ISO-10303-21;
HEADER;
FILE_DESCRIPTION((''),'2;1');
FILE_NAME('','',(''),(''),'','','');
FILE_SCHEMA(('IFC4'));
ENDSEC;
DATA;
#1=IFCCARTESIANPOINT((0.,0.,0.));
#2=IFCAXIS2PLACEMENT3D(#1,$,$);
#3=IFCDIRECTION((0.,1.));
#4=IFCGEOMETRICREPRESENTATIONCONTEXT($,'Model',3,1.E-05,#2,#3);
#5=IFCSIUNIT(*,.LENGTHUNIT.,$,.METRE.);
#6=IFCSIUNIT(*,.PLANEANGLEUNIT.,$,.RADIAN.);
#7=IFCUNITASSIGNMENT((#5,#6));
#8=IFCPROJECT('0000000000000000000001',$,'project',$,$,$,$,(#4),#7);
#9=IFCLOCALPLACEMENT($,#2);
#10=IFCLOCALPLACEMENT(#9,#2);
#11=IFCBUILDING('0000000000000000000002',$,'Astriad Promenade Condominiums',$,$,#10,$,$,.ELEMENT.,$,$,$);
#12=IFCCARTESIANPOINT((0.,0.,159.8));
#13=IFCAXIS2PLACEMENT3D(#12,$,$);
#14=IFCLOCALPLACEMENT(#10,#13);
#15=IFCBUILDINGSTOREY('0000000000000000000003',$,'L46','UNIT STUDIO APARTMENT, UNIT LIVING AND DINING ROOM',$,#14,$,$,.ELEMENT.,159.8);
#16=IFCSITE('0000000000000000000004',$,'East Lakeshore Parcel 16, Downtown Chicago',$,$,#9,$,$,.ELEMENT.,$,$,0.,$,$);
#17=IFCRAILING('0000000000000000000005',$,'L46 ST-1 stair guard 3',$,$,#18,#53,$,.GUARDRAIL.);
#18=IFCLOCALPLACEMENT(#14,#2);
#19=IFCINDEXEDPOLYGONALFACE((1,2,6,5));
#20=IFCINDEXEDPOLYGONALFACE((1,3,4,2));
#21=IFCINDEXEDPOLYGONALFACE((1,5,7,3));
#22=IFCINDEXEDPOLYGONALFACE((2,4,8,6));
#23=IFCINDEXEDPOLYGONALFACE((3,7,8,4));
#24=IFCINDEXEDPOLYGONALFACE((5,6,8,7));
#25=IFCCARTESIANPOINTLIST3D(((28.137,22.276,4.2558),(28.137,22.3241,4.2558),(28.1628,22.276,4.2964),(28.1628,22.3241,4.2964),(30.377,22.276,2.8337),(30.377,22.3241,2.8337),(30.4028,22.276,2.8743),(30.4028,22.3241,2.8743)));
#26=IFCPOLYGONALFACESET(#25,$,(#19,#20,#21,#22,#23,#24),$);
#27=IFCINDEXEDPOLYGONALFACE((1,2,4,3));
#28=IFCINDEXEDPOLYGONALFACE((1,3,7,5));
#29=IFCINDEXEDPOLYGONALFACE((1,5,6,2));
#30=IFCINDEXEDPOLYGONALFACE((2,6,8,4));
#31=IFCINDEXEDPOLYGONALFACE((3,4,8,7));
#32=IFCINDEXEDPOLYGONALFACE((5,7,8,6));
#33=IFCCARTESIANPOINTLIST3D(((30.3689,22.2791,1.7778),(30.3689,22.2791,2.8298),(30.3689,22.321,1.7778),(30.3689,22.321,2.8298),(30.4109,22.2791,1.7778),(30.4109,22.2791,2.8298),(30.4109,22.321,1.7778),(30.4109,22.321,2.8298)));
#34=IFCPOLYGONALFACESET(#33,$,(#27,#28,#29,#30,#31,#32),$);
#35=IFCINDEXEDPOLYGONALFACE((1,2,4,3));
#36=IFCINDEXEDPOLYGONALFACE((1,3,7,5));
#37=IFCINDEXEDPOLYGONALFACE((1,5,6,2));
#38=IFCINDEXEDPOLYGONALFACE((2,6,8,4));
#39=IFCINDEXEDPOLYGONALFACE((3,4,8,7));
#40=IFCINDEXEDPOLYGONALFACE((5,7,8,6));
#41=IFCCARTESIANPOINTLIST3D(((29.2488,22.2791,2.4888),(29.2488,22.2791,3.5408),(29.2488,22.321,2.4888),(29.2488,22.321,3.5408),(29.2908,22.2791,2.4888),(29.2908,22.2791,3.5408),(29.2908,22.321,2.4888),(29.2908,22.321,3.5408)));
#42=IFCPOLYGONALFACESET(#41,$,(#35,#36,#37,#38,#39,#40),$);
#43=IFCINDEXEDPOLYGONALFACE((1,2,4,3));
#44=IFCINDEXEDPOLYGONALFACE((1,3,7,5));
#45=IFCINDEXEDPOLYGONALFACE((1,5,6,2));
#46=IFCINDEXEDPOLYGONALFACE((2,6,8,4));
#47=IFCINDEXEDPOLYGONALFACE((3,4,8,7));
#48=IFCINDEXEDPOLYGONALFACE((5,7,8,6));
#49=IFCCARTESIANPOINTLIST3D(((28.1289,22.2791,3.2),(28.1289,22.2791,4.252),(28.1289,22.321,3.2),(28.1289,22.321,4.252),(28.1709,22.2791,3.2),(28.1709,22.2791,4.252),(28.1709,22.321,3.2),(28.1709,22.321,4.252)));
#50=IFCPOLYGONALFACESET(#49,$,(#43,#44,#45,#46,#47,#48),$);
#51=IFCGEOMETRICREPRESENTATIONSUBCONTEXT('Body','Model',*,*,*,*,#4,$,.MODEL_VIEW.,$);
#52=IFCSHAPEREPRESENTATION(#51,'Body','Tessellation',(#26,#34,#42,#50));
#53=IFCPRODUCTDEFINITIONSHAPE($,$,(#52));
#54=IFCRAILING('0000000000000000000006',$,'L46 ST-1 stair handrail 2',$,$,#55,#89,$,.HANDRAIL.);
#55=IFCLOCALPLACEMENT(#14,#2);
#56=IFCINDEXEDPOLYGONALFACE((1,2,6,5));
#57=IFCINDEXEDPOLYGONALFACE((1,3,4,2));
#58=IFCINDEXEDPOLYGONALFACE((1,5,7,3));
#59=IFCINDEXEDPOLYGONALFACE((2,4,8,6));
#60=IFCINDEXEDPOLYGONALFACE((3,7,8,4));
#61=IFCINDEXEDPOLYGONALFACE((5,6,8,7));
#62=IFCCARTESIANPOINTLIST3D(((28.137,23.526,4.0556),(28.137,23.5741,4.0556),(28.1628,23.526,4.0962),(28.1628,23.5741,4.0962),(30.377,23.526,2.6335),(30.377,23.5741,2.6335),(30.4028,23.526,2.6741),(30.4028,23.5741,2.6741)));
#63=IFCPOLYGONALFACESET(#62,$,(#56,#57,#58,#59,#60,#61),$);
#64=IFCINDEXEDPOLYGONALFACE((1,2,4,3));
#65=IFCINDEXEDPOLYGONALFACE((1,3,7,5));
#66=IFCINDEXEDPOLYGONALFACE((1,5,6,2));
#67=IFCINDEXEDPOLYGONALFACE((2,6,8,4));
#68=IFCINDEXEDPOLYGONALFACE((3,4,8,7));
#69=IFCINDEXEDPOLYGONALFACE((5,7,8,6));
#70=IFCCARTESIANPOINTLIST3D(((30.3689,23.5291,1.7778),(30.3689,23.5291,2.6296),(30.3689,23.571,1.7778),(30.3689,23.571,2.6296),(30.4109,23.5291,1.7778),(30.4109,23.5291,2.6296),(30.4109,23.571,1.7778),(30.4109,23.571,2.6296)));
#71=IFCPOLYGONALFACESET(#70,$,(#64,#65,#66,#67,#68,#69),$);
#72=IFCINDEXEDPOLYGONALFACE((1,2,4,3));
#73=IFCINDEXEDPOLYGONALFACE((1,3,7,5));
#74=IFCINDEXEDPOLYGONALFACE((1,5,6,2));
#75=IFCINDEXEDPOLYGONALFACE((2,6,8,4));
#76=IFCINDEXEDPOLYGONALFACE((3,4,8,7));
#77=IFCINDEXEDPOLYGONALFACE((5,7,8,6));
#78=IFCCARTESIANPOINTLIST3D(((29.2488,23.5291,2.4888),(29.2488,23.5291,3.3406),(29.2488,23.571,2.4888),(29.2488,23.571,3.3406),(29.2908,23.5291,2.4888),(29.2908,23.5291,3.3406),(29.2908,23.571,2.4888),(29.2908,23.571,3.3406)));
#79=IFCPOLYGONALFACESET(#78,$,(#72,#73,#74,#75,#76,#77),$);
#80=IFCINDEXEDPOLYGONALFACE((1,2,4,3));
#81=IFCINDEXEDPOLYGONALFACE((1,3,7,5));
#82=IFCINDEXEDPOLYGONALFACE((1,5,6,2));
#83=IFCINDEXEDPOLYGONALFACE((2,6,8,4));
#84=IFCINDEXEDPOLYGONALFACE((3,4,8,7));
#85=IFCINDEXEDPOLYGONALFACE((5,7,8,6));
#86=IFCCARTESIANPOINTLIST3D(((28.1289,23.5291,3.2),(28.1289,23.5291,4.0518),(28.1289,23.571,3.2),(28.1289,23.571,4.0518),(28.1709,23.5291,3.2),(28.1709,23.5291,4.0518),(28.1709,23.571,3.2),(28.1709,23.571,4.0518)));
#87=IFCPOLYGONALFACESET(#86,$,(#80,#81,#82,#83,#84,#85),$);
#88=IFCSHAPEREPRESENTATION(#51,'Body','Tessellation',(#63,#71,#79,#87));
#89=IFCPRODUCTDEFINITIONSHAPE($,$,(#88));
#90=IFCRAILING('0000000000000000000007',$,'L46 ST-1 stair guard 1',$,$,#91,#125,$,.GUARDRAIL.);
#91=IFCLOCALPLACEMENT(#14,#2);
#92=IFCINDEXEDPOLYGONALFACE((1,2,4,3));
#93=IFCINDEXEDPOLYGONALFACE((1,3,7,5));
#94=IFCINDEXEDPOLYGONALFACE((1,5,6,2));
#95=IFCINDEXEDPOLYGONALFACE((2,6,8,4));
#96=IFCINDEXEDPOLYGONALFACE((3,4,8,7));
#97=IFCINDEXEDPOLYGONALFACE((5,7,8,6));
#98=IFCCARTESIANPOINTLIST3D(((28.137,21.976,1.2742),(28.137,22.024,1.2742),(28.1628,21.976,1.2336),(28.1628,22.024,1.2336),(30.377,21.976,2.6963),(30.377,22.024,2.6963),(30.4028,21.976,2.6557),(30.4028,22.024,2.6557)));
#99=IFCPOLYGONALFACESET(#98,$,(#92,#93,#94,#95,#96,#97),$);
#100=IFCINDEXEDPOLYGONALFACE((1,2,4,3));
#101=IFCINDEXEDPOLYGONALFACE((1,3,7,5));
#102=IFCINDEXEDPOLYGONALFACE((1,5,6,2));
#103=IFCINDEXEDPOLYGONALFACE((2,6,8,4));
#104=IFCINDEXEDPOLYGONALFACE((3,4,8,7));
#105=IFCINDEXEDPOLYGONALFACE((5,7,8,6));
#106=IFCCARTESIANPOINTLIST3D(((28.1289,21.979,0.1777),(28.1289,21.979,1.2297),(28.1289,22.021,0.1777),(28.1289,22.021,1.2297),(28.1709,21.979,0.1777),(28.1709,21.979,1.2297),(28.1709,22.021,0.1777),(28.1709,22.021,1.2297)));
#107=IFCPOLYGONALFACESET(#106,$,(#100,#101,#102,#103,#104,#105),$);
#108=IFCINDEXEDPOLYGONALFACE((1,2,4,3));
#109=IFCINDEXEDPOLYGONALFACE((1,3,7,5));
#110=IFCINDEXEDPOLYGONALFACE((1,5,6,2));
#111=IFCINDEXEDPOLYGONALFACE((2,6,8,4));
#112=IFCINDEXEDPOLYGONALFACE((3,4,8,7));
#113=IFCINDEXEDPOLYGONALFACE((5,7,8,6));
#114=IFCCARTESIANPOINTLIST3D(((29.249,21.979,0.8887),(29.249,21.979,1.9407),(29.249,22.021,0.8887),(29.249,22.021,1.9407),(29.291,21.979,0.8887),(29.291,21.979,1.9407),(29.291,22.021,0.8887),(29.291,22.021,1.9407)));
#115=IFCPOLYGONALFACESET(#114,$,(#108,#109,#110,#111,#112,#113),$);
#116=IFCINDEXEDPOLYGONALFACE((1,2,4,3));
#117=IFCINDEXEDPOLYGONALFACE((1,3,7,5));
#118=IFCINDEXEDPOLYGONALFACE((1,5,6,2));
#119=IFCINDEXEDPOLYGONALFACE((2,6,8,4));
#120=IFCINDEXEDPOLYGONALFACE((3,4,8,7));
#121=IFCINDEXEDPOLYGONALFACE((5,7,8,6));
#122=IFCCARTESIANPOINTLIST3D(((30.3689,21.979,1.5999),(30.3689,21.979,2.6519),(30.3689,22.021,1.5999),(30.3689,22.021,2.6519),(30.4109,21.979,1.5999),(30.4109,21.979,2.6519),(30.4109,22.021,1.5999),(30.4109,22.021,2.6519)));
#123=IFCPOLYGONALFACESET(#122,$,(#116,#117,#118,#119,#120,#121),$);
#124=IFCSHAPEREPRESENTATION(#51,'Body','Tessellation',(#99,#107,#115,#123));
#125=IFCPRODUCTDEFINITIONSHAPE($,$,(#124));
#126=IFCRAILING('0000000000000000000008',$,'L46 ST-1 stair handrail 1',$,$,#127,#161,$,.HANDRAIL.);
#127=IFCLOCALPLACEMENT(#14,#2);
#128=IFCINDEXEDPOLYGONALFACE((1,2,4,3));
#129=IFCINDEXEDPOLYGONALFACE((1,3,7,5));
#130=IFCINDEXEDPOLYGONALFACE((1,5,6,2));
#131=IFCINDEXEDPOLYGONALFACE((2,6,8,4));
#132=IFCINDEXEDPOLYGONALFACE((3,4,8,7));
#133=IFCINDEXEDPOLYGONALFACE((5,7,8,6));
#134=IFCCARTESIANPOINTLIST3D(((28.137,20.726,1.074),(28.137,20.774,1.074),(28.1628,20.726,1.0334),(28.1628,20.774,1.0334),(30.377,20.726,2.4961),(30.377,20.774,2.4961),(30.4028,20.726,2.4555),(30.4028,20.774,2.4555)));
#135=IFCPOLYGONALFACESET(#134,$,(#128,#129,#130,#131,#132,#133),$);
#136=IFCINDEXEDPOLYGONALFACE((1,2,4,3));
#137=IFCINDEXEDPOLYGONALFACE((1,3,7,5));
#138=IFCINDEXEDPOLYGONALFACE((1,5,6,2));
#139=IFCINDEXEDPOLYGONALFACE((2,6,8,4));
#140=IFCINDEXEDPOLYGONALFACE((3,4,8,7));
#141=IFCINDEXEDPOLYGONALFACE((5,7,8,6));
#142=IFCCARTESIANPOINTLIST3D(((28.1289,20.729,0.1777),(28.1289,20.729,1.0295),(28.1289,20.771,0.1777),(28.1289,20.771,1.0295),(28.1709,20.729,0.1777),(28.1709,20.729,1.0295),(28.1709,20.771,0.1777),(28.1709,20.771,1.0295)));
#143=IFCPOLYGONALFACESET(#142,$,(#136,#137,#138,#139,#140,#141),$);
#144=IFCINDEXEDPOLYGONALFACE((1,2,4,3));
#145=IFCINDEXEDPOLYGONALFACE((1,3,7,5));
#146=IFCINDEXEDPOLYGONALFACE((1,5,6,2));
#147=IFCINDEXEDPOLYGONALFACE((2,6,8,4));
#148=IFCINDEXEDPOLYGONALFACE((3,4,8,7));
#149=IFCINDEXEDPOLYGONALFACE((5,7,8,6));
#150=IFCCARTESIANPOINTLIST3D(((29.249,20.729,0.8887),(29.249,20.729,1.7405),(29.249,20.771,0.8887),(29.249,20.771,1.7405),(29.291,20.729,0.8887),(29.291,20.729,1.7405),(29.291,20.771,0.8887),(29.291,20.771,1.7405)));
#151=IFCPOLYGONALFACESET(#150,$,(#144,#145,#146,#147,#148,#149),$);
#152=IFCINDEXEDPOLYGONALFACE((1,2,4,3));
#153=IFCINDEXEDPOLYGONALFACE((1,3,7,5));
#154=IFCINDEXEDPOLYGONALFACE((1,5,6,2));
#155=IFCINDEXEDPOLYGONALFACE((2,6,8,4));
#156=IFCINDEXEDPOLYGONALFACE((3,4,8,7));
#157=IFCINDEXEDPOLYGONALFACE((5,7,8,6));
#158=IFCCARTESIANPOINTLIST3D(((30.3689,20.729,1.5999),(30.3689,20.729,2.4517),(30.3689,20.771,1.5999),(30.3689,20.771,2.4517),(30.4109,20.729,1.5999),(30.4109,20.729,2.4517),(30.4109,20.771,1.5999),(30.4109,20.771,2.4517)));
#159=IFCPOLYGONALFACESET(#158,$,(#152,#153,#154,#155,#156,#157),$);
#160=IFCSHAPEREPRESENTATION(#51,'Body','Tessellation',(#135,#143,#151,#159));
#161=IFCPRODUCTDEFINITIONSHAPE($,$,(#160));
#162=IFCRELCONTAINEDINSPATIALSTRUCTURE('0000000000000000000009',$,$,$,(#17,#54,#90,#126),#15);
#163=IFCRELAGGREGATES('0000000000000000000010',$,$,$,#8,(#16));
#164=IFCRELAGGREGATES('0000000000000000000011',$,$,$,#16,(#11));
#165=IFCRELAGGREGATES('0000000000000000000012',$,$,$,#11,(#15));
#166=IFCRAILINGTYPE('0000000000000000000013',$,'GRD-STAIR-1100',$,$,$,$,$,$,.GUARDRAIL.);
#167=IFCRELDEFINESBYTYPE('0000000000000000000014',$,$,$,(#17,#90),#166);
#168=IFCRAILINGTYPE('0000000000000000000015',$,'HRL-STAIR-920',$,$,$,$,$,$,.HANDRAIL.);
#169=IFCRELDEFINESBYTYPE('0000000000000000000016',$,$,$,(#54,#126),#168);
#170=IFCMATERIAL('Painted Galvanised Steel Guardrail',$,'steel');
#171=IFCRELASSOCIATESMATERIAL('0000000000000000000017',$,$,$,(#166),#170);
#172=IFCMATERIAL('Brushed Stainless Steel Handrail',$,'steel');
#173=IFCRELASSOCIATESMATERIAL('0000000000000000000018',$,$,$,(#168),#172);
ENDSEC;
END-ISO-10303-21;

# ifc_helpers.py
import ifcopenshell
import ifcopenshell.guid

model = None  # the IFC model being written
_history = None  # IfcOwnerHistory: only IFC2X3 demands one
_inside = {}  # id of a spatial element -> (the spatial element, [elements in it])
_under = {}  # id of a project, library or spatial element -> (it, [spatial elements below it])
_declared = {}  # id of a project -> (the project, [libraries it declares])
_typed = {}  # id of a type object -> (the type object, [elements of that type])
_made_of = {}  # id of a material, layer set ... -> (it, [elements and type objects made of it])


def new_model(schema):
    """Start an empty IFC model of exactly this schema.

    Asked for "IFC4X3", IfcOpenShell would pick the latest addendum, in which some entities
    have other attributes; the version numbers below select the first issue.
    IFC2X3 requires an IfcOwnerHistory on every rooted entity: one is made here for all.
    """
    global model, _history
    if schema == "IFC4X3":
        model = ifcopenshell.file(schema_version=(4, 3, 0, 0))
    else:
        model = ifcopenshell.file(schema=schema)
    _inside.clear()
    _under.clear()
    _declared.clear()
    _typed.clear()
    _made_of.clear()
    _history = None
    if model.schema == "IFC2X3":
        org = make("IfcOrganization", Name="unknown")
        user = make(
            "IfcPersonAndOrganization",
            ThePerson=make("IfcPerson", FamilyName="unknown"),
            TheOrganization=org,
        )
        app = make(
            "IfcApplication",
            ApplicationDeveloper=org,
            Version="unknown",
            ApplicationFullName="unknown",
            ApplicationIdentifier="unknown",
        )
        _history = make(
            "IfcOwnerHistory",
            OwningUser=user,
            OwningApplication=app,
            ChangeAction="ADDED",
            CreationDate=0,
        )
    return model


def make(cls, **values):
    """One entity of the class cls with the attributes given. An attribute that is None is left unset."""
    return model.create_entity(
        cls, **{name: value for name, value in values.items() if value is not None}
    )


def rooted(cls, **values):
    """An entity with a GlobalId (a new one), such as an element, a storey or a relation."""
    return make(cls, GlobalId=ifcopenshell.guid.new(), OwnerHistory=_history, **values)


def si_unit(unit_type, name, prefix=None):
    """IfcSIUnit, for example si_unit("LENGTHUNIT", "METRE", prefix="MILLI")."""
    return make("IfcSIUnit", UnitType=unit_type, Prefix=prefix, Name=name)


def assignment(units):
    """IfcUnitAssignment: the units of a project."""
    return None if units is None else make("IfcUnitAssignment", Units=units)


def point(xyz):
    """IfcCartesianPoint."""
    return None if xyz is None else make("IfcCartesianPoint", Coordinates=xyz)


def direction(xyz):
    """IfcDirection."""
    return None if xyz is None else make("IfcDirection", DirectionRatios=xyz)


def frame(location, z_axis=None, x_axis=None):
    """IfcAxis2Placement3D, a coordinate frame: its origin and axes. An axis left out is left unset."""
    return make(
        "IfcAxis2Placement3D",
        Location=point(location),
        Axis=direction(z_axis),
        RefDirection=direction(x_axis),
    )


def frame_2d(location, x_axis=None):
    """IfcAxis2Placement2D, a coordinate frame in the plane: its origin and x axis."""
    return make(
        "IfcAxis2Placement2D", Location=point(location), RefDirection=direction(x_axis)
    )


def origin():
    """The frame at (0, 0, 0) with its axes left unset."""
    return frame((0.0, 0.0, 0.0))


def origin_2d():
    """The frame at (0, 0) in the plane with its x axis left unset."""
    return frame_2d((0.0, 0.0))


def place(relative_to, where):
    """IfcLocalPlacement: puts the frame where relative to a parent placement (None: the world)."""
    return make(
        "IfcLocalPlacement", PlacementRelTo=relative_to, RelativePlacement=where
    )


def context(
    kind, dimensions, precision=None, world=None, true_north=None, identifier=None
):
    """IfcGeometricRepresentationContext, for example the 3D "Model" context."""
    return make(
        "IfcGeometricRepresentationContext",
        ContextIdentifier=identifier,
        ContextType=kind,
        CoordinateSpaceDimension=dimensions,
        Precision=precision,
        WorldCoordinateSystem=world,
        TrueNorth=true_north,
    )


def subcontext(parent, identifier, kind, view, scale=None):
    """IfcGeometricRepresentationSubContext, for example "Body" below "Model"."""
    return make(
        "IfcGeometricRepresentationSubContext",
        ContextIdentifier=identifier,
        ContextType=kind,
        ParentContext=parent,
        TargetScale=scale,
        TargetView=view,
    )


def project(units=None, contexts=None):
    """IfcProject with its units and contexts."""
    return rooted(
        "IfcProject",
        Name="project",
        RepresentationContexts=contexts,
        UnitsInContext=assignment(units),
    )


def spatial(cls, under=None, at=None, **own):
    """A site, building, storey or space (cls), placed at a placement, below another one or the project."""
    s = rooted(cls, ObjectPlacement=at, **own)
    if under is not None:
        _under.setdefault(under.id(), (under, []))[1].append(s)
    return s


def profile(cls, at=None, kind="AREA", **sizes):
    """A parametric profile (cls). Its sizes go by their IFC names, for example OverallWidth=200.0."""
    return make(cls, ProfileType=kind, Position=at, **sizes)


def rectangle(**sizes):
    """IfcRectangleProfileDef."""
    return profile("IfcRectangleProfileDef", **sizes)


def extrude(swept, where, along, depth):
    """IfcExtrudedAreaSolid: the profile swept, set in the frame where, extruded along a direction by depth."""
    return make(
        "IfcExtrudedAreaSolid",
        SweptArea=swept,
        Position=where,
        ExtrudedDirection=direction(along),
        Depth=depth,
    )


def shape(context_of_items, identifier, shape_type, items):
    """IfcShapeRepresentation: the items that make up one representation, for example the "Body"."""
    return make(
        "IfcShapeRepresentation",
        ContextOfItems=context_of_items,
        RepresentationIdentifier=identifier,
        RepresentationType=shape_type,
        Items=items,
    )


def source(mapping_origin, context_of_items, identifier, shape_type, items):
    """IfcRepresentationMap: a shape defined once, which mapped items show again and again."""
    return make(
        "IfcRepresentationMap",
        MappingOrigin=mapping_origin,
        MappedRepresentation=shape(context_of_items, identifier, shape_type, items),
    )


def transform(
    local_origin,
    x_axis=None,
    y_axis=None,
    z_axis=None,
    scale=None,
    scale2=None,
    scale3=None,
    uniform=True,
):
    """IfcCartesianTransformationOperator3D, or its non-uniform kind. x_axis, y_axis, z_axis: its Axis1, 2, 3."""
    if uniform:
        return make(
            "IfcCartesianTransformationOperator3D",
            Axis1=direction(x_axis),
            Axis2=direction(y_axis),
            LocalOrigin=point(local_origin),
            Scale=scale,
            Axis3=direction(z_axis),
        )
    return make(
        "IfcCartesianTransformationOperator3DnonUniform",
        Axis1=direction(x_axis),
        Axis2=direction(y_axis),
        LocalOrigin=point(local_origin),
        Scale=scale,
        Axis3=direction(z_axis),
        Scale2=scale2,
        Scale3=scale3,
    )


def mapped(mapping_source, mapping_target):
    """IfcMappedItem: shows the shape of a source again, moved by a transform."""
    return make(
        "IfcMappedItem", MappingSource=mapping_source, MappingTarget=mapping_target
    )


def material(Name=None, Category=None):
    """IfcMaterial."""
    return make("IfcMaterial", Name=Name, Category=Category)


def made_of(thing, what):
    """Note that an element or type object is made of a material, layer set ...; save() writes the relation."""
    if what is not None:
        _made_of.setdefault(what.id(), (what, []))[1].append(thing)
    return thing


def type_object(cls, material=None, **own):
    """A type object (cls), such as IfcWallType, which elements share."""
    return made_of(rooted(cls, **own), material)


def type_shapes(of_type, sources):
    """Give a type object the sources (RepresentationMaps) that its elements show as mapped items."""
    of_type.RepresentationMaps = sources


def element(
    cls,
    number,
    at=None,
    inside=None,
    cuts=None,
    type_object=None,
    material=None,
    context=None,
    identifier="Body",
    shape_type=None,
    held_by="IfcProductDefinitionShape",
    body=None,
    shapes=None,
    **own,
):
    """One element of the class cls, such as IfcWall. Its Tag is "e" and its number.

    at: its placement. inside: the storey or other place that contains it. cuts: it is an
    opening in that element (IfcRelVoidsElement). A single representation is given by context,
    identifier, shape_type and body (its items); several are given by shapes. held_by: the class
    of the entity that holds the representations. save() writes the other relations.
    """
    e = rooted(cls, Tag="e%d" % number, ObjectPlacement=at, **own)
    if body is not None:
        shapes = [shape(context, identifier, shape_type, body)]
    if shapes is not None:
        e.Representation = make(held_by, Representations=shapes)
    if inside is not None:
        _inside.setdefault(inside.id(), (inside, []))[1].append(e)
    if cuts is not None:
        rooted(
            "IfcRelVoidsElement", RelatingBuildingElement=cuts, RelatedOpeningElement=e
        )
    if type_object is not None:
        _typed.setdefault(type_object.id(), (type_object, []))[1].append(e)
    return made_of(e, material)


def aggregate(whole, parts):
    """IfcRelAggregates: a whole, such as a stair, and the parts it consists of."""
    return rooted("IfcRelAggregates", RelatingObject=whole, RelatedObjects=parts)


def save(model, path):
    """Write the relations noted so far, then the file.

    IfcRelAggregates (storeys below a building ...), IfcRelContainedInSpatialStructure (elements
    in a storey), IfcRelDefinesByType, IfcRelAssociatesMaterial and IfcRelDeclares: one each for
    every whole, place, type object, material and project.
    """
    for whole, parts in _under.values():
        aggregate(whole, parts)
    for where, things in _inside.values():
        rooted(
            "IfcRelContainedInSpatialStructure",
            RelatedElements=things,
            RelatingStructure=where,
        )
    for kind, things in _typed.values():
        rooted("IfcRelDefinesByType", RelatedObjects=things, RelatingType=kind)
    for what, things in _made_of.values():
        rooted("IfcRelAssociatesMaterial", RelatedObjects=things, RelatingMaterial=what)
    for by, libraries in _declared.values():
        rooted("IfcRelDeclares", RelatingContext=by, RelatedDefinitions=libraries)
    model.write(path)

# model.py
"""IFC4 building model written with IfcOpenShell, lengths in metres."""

from ifc_helpers import new_model, si_unit, direction, frame, origin, origin_2d, place, context, subcontext, project, spatial, rectangle, extrude, source, transform, mapped, material, type_object, type_shapes, element, save


model = new_model("IFC4")

# Units and contexts
model_context = context("Model", 3, precision=1e-05, world=origin(), true_north=direction((0.0, 1.0)))
body_context = subcontext(model_context, "Body", "Model", "MODEL_VIEW")
ifc_project = project(units=[si_unit("LENGTHUNIT", "METRE"), si_unit("PLANEANGLEUNIT", "RADIAN")], contexts=[model_context])

# Site, building, storey
site_placement = place(None, origin())
site = spatial("IfcSite", under=ifc_project, at=site_placement, Name="East Lakeshore Parcel 16, Downtown Chicago", CompositionType="ELEMENT", RefElevation=0.0)
building_placement = place(site_placement, origin())
building = spatial("IfcBuilding", under=site, at=building_placement, Name="Astriad Promenade Condominiums", CompositionType="ELEMENT")
storey_placement = place(building_placement, frame((0.0, 0.0, 159.8)))
storey = spatial("IfcBuildingStorey", under=building, at=storey_placement, Name="L46", Description="UNIT STUDIO APARTMENT, UNIT LIVING AND DINING ROOM", CompositionType="ELEMENT", Elevation=159.8)

# Railings
ifc_material_1 = material(Name="Painted Galvanised Steel Guardrail", Category="steel")
railing_type_1 = type_object("IfcRailingType", Name="GRD-STAIR-1100", PredefinedType="GUARDRAIL", material=ifc_material_1)
shared_shape_1 = source(origin(), body_context, "Body", "SweptSolid", [
    extrude(rectangle(XDim=0.0481, YDim=0.0481, at=origin_2d()), frame((0.0, 0.0, 1.0762), z_axis=(-0.844229, 0.0, 0.535982), x_axis=(0.0, -1.0, 0.0)), (0.0, 0.0, 1.0), 2.6533),
    extrude(rectangle(XDim=0.042, YDim=0.042, at=origin_2d()), origin(), (0.0, 0.0, 1.0), 1.052),
    extrude(rectangle(XDim=0.042, YDim=0.042, at=origin_2d()), frame((-1.1201, 0.0, 0.7109)), (0.0, 0.0, 1.0), 1.052),
    extrude(rectangle(XDim=0.042, YDim=0.042, at=origin_2d()), frame((-2.24, 0.0, 1.4221)), (0.0, 0.0, 1.0), 1.052),
])
railing_1_placement = place(storey_placement, frame((30.3899, 22.3, 1.7778)))
element("IfcRailing", 1, at=railing_1_placement, inside=storey, type_object=railing_type_1, Name="L46 ST-1 stair guard 3", PredefinedType="GUARDRAIL", context=body_context, shape_type="MappedRepresentation", body=[
    mapped(shared_shape_1, transform((0.0, 0.0, 0.0), scale=1.0)),
])
ifc_material_2 = material(Name="Brushed Stainless Steel Handrail", Category="steel")
railing_type_2 = type_object("IfcRailingType", Name="HRL-STAIR-920", PredefinedType="HANDRAIL", material=ifc_material_2)
shared_shape_2 = source(origin(), body_context, "Body", "SweptSolid", [
    extrude(rectangle(XDim=0.0481, YDim=0.0481, at=origin_2d()), frame((0.0, 0.0, 0.876), z_axis=(-0.844229, 0.0, 0.535982), x_axis=(0.0, -1.0, 0.0)), (0.0, 0.0, 1.0), 2.6533),
    extrude(rectangle(XDim=0.042, YDim=0.042, at=origin_2d()), origin(), (0.0, 0.0, 1.0), 0.8518),
    extrude(rectangle(XDim=0.042, YDim=0.042, at=origin_2d()), frame((-1.1201, 0.0, 0.7109)), (0.0, 0.0, 1.0), 0.8518),
    extrude(rectangle(XDim=0.042, YDim=0.042, at=origin_2d()), frame((-2.24, 0.0, 1.4221)), (0.0, 0.0, 1.0), 0.8518),
])
railing_2_placement = place(storey_placement, frame((30.3899, 23.55, 1.7778)))
element("IfcRailing", 2, at=railing_2_placement, inside=storey, type_object=railing_type_2, Name="L46 ST-1 stair handrail 2", PredefinedType="HANDRAIL", context=body_context, shape_type="MappedRepresentation", body=[
    mapped(shared_shape_2, transform((0.0, 0.0, 0.0), scale=1.0)),
])
shared_shape_3 = source(origin(), body_context, "Body", "SweptSolid", [
    extrude(rectangle(XDim=0.0481, YDim=0.0481, at=origin_2d()), frame((0.0, 0.0, 1.0762), z_axis=(0.844229, 0.0, 0.535982), x_axis=(0.0, 1.0, 0.0)), (0.0, 0.0, 1.0), 2.6533),
    extrude(rectangle(XDim=0.042, YDim=0.042, at=origin_2d()), origin(), (0.0, 0.0, 1.0), 1.052),
    extrude(rectangle(XDim=0.042, YDim=0.042, at=origin_2d()), frame((1.1201, 0.0, 0.7109)), (0.0, 0.0, 1.0), 1.052),
    extrude(rectangle(XDim=0.042, YDim=0.042, at=origin_2d()), frame((2.24, 0.0, 1.4221)), (0.0, 0.0, 1.0), 1.052),
])
railing_3_placement = place(storey_placement, frame((28.1499, 22.0, 0.1777)))
element("IfcRailing", 3, at=railing_3_placement, inside=storey, type_object=railing_type_1, Name="L46 ST-1 stair guard 1", PredefinedType="GUARDRAIL", context=body_context, shape_type="MappedRepresentation", body=[
    mapped(shared_shape_3, transform((0.0, 0.0, 0.0), scale=1.0)),
])
shared_shape_4 = source(origin(), body_context, "Body", "SweptSolid", [
    extrude(rectangle(XDim=0.0481, YDim=0.0481, at=origin_2d()), frame((0.0, 0.0, 0.876), z_axis=(0.844229, 0.0, 0.535982), x_axis=(0.0, 1.0, 0.0)), (0.0, 0.0, 1.0), 2.6533),
    extrude(rectangle(XDim=0.042, YDim=0.042, at=origin_2d()), origin(), (0.0, 0.0, 1.0), 0.8518),
    extrude(rectangle(XDim=0.042, YDim=0.042, at=origin_2d()), frame((1.1201, 0.0, 0.7109)), (0.0, 0.0, 1.0), 0.8518),
    extrude(rectangle(XDim=0.042, YDim=0.042, at=origin_2d()), frame((2.24, 0.0, 1.4221)), (0.0, 0.0, 1.0), 0.8518),
])
type_shapes(railing_type_2, [shared_shape_2, shared_shape_4])
railing_4_placement = place(storey_placement, frame((28.1499, 20.75, 0.1777)))
element("IfcRailing", 4, at=railing_4_placement, inside=storey, type_object=railing_type_2, Name="L46 ST-1 stair handrail 1", PredefinedType="HANDRAIL", context=body_context, shape_type="MappedRepresentation", body=[
    mapped(shared_shape_4, transform((0.0, 0.0, 0.0), scale=1.0)),
])

save(model, "model.ifc")
